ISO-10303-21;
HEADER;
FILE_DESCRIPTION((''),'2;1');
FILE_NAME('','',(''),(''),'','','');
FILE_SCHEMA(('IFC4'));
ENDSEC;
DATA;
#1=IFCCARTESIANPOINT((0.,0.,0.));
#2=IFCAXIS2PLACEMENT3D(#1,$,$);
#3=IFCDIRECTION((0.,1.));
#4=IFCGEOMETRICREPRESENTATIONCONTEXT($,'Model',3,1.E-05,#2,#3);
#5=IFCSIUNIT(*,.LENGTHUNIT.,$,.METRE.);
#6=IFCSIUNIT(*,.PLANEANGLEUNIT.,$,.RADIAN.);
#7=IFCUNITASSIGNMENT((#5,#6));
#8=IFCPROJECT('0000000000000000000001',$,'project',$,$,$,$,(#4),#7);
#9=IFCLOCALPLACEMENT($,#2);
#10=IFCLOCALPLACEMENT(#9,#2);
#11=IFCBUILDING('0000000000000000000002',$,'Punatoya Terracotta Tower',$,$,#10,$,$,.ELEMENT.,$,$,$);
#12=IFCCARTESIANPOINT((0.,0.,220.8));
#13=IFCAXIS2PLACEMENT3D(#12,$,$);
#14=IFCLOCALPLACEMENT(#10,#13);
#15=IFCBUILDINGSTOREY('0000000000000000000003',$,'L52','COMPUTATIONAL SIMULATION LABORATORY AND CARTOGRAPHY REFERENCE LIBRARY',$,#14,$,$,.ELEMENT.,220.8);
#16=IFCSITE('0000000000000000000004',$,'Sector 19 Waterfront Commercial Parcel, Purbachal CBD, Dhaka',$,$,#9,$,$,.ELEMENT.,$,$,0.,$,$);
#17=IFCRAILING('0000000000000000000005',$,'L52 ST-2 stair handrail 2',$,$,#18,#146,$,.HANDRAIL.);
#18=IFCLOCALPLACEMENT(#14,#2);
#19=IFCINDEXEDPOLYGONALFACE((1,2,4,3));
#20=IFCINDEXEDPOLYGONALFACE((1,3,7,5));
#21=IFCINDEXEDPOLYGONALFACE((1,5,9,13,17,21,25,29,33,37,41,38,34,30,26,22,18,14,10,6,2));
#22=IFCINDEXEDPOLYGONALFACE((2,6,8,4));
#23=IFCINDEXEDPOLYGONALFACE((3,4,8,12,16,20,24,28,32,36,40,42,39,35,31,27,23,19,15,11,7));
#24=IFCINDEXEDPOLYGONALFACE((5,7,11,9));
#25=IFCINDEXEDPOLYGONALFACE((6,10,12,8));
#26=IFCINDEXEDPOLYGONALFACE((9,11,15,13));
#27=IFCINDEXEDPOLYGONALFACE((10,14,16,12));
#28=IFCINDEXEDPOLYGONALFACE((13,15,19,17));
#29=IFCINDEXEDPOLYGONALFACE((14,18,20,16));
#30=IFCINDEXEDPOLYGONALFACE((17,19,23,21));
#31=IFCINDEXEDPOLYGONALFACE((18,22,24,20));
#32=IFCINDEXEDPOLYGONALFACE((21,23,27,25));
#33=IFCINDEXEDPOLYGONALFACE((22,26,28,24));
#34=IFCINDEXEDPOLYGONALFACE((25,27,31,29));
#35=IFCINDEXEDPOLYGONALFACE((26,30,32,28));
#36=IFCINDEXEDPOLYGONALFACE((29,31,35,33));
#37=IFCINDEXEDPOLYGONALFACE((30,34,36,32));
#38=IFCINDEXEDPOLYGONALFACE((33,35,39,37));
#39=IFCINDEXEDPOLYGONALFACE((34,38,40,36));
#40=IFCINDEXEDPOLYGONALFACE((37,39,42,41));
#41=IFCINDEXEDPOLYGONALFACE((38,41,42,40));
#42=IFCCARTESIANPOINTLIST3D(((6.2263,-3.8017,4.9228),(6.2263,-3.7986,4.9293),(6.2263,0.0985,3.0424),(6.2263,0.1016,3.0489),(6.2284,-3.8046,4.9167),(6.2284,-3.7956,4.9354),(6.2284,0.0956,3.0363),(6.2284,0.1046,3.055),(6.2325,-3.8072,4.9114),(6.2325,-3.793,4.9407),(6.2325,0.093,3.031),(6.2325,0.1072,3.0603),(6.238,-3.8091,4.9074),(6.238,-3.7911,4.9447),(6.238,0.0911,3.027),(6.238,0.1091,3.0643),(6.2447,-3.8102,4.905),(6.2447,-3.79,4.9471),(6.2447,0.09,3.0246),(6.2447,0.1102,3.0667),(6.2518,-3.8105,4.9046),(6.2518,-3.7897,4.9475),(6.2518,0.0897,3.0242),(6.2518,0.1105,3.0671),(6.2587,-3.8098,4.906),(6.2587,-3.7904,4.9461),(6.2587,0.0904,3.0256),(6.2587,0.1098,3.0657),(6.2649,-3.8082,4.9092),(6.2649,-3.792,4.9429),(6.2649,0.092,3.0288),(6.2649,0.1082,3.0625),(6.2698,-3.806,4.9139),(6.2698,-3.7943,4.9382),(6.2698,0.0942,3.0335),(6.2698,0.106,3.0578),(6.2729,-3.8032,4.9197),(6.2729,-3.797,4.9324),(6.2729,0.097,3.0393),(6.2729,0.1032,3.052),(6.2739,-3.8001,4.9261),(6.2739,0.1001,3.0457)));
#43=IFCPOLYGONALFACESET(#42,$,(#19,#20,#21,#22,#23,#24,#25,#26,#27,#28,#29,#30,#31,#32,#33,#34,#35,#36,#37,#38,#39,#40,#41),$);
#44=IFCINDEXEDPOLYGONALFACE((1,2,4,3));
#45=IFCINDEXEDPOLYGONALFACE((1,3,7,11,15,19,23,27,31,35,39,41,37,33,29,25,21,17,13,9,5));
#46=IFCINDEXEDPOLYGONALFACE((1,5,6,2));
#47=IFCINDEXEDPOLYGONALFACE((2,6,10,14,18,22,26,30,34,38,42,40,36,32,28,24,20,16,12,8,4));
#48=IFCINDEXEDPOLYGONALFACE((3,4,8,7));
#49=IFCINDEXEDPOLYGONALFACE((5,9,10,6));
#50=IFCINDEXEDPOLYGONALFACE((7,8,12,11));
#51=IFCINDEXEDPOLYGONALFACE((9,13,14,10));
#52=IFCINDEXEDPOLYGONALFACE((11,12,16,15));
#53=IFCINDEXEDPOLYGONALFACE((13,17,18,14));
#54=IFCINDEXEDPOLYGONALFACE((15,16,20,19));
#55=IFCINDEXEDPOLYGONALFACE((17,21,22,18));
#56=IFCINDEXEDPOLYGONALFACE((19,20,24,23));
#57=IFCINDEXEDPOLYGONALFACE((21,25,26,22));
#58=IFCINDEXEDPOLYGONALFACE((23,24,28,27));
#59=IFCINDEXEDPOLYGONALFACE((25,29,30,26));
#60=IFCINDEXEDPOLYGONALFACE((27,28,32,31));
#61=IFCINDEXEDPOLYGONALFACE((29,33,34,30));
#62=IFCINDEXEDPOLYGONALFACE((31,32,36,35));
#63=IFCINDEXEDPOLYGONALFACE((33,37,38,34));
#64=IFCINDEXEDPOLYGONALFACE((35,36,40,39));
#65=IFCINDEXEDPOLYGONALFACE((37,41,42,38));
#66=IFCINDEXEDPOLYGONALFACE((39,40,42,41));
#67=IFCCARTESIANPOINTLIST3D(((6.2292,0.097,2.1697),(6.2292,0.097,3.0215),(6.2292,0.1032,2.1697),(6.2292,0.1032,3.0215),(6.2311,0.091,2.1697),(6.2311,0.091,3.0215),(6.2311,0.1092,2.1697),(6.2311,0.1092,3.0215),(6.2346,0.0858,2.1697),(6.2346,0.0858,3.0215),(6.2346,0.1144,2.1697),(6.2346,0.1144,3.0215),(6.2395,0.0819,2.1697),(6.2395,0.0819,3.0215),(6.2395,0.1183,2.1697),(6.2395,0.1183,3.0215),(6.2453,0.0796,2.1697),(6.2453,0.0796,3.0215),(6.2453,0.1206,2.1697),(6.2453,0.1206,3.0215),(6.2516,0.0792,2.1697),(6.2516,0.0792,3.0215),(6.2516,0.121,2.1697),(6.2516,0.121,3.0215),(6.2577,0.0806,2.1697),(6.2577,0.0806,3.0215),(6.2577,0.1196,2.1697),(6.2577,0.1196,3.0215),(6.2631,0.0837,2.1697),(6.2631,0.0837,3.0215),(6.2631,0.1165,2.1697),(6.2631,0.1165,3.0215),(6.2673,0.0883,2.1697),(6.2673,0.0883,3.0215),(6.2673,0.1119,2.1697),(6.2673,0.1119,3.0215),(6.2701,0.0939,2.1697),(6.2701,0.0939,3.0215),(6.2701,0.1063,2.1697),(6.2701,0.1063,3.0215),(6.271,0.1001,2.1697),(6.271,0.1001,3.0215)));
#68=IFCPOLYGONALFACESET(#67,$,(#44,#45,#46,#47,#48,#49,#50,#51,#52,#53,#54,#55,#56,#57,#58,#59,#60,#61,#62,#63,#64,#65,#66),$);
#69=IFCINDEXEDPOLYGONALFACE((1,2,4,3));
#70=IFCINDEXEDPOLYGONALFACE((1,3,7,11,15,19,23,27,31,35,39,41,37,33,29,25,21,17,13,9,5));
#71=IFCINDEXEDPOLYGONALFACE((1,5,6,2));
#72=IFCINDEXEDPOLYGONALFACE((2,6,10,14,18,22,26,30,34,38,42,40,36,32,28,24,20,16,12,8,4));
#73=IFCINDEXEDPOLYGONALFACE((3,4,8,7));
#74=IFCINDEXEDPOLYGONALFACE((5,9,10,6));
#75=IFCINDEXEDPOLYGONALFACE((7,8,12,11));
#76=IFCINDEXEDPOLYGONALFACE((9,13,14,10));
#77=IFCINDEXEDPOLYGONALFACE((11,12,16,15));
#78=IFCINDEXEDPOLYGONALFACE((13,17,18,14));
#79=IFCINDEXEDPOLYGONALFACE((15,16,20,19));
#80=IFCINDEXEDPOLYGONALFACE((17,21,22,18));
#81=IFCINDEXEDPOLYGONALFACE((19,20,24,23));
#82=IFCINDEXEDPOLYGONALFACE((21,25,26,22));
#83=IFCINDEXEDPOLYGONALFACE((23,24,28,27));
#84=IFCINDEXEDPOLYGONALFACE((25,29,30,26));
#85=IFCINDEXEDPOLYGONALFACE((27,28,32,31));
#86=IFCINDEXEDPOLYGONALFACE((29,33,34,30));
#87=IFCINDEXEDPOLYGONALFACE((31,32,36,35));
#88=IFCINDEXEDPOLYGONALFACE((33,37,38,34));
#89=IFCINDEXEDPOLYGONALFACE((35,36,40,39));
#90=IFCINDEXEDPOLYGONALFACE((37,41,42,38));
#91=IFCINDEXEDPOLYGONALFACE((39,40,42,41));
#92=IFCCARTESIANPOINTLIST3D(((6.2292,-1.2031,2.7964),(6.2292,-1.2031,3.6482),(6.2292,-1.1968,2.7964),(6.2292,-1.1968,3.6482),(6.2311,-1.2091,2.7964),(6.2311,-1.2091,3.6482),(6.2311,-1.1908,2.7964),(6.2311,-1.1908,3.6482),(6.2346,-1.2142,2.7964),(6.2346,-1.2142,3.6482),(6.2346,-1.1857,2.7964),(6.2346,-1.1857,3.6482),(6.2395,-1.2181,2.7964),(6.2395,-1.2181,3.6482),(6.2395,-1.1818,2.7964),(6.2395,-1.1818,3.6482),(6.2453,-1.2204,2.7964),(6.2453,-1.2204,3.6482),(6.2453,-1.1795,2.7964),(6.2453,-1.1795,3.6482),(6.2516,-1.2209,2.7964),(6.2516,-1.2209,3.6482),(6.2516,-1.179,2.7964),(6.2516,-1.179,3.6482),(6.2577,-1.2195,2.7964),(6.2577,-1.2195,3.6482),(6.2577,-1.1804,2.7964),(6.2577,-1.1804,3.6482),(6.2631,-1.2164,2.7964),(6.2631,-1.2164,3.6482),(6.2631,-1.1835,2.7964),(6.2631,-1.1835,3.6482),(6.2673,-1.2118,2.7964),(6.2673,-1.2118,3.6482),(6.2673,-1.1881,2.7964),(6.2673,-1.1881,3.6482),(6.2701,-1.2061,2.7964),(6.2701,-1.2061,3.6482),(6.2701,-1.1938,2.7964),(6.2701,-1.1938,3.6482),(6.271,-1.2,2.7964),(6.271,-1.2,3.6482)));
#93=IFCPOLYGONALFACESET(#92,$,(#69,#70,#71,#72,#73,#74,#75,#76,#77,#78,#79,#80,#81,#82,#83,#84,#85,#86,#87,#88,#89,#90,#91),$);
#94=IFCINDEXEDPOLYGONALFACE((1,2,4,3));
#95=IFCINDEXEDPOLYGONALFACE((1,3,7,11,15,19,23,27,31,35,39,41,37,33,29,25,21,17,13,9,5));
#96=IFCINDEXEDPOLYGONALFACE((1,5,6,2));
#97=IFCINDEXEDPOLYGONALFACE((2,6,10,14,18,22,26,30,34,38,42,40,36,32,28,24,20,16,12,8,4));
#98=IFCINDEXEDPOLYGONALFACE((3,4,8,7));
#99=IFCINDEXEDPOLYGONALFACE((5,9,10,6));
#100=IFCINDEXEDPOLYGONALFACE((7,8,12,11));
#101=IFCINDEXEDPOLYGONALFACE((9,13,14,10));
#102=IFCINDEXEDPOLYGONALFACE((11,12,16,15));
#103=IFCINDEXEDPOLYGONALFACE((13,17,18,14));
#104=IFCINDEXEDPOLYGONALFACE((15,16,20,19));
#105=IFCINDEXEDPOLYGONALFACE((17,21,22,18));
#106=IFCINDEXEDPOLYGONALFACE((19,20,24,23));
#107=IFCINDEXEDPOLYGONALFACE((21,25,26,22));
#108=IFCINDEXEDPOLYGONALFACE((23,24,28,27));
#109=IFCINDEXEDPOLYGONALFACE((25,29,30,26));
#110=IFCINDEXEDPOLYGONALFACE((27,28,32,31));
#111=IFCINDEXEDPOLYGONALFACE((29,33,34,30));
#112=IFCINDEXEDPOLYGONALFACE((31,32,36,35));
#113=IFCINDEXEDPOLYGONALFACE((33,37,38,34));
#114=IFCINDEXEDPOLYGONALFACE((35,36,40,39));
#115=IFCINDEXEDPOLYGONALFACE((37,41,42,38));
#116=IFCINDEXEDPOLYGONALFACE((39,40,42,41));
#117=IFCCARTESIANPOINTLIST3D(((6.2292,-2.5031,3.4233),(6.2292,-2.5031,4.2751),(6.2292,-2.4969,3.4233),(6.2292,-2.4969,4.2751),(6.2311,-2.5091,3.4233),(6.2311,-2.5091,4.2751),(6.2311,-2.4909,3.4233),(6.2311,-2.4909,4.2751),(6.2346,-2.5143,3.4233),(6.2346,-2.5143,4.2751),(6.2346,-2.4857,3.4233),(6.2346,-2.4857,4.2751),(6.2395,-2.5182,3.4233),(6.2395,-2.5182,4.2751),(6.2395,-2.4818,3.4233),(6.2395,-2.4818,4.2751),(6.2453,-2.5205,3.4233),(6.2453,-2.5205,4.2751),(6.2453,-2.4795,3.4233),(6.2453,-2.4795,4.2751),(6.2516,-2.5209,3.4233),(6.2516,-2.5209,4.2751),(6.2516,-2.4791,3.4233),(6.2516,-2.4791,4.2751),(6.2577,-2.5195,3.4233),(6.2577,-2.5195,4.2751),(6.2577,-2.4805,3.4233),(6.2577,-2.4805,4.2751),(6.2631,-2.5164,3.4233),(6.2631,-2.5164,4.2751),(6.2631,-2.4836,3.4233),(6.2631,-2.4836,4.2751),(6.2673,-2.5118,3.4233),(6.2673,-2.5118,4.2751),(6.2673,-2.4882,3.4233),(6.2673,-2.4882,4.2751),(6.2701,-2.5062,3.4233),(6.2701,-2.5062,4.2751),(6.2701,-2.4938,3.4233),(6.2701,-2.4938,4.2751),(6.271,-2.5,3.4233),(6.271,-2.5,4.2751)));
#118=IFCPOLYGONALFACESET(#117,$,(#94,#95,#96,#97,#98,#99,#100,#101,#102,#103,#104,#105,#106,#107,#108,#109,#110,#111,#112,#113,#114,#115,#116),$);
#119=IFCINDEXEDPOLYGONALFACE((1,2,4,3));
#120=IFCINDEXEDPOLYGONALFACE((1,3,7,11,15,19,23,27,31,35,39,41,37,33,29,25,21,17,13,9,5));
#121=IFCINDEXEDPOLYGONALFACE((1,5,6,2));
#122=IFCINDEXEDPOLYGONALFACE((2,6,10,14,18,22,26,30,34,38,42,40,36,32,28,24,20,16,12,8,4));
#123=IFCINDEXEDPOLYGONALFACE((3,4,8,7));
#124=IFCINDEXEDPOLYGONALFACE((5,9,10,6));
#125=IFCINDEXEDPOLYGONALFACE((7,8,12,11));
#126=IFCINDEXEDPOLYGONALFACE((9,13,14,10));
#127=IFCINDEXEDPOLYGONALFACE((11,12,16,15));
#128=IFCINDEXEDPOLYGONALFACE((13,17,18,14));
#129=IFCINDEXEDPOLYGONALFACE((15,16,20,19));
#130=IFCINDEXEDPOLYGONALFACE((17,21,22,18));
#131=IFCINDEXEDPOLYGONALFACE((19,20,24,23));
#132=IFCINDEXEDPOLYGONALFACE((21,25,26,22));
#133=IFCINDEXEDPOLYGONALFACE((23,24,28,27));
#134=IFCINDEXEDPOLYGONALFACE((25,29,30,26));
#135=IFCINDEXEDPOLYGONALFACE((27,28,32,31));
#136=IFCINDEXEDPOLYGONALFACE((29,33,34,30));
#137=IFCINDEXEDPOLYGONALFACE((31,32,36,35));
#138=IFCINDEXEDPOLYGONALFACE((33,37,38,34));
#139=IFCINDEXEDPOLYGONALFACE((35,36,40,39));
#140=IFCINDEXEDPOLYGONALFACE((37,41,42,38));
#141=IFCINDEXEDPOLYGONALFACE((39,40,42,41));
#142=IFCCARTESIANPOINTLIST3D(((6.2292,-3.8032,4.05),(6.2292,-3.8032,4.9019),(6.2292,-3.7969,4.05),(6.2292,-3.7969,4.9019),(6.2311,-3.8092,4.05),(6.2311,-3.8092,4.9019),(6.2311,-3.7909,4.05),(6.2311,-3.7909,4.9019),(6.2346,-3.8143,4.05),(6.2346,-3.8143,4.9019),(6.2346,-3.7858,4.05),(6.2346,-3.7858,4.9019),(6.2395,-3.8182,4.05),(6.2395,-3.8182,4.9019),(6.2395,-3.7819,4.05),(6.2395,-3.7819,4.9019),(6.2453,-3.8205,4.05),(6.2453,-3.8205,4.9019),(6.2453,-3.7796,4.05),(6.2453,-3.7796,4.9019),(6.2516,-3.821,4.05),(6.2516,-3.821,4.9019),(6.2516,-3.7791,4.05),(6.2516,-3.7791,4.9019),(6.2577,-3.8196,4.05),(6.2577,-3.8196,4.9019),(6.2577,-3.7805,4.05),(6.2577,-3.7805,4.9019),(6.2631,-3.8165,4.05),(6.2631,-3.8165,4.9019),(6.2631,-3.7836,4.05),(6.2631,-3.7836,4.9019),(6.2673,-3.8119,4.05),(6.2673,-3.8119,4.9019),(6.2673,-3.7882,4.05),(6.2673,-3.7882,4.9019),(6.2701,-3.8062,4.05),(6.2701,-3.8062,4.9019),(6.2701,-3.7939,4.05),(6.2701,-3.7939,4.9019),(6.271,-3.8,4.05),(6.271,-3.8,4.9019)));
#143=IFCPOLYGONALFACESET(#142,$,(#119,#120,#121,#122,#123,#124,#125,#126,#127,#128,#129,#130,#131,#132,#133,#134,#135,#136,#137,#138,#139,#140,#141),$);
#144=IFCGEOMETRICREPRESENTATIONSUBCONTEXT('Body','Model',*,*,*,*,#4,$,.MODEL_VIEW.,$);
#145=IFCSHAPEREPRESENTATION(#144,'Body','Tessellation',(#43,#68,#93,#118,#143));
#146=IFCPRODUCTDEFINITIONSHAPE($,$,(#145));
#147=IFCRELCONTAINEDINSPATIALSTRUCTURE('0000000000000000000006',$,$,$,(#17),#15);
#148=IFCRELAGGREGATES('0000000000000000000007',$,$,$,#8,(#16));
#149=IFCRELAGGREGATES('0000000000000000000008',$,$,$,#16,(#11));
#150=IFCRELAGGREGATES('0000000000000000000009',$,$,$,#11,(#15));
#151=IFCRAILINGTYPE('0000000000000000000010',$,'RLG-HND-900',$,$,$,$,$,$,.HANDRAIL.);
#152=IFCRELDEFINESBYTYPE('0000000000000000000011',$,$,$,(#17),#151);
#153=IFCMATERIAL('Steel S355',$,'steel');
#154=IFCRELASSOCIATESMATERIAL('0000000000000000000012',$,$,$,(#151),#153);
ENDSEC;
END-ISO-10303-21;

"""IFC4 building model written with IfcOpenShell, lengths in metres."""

from ifc_helpers import new_model, si_unit, direction, frame, origin, origin_2d, place, context, subcontext, project, spatial, circle, extrude, material, type_object, element, save


model = new_model("IFC4")

# Units and contexts
model_context = context("Model", 3, precision=1e-05, world=origin(), true_north=direction((0.0, 1.0)))
body_context = subcontext(model_context, "Body", "Model", "MODEL_VIEW")
ifc_project = project(units=[si_unit("LENGTHUNIT", "METRE"), si_unit("PLANEANGLEUNIT", "RADIAN")], contexts=[model_context])

# Site, building, storey
site_placement = place(None, origin())
site = spatial("IfcSite", under=ifc_project, at=site_placement, Name="Sector 19 Waterfront Commercial Parcel, Purbachal CBD, Dhaka", CompositionType="ELEMENT", RefElevation=0.0)
building_placement = place(site_placement, origin())
building = spatial("IfcBuilding", under=site, at=building_placement, Name="Punatoya Terracotta Tower", CompositionType="ELEMENT")
storey_placement = place(building_placement, frame((0.0, 0.0, 220.8)))
storey = spatial("IfcBuildingStorey", under=building, at=storey_placement, Name="L52", Description="COMPUTATIONAL SIMULATION LABORATORY AND CARTOGRAPHY REFERENCE LIBRARY", CompositionType="ELEMENT", Elevation=220.8)

# Shared definitions
ifc_material_1 = material(Name="Steel S355", Category="steel")

# Railing
railing_type_1 = type_object("IfcRailingType", Name="RLG-HND-900", PredefinedType="HANDRAIL", material=ifc_material_1)
railing_1_placement = place(storey_placement, frame((6.25, 0.1001, 2.1697)))
element("IfcRailing", 1, at=railing_1_placement, inside=storey, type_object=railing_type_1, Name="L52 ST-2 stair handrail 2", PredefinedType="HANDRAIL", context=body_context, shape_type="SweptSolid", body=[
    extrude(circle(Radius=0.0239, at=origin_2d()), frame((0.0, 0.0, 0.876), z_axis=(0.0, -0.900774, 0.434289), x_axis=(1.0, 0.0, 0.0)), (0.0, 0.0, 1.0), 4.3298),
    extrude(circle(Radius=0.021, at=origin_2d()), origin(), (0.0, 0.0, 1.0), 0.8518),
    extrude(circle(Radius=0.021, at=origin_2d()), frame((0.0, -1.3, 0.6267)), (0.0, 0.0, 1.0), 0.8518),
    extrude(circle(Radius=0.021, at=origin_2d()), frame((0.0, -2.6001, 1.2537)), (0.0, 0.0, 1.0), 0.8518),
    extrude(circle(Radius=0.021, at=origin_2d()), frame((0.0, -3.9001, 1.8804)), (0.0, 0.0, 1.0), 0.8518),
])

save(model, "model.ifc")
